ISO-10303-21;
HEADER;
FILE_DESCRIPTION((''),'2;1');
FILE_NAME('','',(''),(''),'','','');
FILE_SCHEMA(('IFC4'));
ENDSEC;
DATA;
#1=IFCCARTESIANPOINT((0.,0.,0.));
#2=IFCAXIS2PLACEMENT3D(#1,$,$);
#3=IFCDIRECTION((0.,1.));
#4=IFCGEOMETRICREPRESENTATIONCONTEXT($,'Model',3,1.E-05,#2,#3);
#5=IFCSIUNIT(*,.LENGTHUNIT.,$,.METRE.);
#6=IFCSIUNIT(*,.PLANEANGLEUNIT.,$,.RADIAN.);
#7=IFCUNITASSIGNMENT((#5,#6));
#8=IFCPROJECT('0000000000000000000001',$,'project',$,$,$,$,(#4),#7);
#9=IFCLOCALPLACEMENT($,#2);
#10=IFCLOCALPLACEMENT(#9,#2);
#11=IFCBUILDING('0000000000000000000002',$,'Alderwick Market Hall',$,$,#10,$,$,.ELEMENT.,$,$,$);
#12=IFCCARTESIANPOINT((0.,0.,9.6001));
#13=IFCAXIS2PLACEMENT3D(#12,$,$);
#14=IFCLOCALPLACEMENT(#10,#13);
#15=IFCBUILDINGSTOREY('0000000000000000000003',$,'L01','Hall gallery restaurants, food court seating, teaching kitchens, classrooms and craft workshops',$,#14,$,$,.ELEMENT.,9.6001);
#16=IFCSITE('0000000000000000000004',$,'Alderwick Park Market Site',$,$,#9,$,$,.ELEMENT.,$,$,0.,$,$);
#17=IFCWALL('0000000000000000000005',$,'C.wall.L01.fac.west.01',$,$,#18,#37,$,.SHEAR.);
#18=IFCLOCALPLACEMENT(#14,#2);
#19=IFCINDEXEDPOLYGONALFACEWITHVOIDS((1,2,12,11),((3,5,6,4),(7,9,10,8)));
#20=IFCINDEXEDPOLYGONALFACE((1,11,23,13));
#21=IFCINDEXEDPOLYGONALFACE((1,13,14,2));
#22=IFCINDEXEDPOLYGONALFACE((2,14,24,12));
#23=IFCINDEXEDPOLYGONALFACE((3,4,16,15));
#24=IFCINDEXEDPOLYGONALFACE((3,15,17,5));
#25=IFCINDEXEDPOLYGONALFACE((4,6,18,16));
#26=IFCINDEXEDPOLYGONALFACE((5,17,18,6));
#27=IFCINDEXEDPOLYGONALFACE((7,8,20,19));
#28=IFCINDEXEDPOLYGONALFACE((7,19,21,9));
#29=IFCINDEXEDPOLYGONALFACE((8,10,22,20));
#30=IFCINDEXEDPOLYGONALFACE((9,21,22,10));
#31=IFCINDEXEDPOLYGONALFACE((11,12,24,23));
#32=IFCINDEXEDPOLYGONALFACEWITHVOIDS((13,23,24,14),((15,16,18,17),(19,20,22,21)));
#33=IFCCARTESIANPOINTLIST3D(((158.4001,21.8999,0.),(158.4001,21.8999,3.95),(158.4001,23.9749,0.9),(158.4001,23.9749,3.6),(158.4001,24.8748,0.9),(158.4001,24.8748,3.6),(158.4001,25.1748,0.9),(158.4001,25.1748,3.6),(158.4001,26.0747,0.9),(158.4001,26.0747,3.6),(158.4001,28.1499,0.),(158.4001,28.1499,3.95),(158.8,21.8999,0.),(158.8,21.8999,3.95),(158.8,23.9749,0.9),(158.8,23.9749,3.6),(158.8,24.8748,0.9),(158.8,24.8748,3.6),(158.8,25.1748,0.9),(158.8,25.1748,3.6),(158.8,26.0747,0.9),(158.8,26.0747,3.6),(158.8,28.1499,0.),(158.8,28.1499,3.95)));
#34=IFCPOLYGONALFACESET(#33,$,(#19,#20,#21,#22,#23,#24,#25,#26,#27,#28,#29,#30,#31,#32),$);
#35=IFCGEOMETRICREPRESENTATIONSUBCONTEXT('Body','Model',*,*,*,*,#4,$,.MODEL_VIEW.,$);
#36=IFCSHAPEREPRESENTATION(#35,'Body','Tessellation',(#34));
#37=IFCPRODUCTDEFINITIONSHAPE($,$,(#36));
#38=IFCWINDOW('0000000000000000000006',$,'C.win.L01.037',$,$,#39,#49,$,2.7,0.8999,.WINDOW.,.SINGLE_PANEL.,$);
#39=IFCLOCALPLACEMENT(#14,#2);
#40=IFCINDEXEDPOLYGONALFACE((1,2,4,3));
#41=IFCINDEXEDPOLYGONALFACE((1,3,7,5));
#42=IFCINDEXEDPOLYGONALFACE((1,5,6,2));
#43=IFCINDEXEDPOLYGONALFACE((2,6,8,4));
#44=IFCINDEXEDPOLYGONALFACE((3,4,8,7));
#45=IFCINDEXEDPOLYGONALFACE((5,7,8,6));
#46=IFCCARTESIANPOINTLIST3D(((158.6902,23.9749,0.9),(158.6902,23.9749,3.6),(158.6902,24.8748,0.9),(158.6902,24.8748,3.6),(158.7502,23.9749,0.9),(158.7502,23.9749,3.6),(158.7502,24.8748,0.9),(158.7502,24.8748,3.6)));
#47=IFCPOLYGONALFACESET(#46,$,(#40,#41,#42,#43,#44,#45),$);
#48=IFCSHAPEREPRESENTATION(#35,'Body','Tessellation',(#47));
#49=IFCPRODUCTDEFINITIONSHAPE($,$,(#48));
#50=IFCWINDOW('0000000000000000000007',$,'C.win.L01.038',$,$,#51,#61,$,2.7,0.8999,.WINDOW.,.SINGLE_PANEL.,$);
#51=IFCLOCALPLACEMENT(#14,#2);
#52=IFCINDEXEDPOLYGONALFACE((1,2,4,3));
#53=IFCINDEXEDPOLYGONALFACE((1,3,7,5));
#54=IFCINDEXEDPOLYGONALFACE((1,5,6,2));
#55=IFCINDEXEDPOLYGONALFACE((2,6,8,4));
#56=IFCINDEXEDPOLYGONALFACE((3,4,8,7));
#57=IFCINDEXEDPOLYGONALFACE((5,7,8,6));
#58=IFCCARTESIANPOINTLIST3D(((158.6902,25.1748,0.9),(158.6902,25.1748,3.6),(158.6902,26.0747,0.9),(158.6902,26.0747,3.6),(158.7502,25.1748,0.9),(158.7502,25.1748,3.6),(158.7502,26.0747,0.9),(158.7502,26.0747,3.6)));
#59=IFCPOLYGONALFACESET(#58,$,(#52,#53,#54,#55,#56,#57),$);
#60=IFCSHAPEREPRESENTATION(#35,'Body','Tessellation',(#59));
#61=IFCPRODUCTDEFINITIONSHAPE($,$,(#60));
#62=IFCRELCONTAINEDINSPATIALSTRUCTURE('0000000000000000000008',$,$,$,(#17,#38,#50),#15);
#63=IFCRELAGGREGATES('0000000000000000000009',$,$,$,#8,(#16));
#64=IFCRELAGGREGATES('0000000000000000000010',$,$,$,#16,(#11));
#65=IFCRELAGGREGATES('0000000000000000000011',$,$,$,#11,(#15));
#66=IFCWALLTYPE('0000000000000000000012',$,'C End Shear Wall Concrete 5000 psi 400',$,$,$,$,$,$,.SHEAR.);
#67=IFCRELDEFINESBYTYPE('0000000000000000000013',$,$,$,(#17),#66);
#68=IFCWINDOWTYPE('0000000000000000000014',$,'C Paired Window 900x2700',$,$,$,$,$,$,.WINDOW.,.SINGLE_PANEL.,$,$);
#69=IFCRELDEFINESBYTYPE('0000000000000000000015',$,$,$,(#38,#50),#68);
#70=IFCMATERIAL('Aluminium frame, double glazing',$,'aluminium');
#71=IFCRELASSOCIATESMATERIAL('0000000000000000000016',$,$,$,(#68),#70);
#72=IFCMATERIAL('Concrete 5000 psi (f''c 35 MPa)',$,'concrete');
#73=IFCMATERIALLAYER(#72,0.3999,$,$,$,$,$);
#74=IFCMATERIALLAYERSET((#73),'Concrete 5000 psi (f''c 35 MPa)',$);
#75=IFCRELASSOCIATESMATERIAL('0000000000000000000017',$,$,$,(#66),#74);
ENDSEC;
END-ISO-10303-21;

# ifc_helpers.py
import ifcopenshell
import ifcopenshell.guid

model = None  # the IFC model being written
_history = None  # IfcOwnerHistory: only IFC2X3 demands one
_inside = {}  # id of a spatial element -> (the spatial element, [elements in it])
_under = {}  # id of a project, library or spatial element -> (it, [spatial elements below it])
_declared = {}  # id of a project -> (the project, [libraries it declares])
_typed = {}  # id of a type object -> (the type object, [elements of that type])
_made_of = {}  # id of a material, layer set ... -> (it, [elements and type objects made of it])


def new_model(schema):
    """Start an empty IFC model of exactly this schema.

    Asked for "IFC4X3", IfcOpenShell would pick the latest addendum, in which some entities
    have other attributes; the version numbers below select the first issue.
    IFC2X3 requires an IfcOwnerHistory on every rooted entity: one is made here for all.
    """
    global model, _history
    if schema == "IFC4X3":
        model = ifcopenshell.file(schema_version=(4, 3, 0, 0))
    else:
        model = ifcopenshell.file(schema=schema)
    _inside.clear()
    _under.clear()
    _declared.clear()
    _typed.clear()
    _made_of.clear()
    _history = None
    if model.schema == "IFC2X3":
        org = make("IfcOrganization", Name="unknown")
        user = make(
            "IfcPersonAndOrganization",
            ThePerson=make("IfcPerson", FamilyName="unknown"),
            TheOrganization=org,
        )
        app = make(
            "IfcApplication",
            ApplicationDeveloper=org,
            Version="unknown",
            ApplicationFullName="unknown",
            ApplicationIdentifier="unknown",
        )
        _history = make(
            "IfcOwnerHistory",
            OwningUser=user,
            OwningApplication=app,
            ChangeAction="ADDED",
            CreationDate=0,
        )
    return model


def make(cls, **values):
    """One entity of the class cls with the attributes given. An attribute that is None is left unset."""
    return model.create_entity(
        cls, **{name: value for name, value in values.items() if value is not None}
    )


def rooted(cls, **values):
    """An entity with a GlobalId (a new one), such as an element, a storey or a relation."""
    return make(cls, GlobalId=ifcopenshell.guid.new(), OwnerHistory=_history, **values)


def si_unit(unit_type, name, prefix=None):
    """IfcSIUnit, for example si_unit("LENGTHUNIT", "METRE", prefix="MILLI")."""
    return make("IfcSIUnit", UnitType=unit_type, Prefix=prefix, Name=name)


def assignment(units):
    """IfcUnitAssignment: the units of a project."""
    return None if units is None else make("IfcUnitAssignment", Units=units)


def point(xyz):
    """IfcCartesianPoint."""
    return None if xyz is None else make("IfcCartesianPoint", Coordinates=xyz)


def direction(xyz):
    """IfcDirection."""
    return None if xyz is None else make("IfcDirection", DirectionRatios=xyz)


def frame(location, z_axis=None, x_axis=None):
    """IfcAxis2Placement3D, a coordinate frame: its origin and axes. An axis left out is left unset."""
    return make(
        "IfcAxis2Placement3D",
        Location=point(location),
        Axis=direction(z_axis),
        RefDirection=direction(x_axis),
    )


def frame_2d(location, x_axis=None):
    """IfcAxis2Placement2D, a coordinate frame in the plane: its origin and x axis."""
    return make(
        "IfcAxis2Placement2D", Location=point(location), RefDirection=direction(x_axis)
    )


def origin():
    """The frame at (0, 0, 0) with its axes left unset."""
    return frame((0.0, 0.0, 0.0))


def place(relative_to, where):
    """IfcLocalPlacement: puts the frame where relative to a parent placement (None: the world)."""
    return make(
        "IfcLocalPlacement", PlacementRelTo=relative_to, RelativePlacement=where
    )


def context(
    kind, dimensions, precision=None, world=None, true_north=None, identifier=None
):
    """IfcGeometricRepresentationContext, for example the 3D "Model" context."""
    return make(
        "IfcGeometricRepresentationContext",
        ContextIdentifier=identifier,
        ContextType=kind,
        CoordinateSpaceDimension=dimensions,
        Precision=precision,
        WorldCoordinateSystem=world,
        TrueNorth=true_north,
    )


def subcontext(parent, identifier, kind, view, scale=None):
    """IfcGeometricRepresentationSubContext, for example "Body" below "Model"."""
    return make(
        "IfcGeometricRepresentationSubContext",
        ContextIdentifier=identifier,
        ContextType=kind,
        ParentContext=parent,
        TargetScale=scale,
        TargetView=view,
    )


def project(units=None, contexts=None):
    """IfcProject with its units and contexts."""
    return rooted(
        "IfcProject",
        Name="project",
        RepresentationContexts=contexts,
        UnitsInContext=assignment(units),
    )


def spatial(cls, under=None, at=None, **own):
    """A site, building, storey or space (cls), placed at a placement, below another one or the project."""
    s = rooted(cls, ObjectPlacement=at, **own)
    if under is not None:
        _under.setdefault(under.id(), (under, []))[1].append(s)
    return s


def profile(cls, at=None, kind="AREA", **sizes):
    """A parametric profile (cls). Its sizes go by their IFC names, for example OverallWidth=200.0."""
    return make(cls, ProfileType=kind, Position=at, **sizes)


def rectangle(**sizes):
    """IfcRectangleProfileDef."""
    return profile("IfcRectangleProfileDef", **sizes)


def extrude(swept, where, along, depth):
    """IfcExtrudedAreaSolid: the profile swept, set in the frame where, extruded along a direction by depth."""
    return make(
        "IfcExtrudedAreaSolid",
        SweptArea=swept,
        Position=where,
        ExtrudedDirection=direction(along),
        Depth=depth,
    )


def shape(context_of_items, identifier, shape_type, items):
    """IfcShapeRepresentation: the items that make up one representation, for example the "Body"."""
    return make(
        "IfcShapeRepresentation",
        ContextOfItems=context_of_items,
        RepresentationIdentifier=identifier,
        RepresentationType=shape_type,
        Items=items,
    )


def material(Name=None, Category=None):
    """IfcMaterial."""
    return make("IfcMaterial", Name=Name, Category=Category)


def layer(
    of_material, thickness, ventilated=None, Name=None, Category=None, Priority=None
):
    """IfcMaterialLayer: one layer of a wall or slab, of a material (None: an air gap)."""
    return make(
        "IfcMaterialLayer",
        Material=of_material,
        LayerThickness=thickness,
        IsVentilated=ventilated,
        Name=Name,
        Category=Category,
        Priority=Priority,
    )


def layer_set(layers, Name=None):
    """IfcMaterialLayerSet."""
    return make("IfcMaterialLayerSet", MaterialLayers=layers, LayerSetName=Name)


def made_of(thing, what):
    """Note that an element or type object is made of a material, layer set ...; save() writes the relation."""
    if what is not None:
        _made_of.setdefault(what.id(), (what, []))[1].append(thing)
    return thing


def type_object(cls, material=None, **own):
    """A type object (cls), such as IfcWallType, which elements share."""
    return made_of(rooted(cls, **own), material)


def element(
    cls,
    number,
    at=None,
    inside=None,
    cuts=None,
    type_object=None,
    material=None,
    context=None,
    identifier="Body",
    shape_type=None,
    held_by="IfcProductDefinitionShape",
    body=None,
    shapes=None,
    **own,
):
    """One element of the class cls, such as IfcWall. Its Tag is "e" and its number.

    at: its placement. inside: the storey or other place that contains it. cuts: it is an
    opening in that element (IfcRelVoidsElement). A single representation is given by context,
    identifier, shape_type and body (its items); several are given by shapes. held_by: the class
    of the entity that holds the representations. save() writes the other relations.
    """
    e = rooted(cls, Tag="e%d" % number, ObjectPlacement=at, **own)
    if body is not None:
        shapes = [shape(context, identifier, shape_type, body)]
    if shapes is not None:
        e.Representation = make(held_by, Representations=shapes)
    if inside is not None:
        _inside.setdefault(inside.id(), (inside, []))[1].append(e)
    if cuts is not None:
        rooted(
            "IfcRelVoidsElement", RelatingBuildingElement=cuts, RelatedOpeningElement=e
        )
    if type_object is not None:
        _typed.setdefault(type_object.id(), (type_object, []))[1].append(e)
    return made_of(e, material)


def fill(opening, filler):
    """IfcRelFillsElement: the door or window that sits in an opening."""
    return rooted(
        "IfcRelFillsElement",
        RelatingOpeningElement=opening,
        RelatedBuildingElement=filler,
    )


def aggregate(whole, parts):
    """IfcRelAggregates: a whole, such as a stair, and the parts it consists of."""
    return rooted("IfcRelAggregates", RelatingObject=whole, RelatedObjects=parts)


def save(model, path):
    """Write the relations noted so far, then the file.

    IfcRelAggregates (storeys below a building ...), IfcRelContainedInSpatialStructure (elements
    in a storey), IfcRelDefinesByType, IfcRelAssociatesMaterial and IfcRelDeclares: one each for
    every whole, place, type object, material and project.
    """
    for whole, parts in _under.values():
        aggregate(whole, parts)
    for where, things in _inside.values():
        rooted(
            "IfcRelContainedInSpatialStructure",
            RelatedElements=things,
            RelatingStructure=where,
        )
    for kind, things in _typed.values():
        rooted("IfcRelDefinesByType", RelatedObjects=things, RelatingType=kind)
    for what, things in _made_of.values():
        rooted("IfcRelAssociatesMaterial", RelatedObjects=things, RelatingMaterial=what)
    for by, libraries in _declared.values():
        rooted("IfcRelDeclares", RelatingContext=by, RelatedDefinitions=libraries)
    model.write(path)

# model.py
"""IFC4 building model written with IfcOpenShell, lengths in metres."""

from ifc_helpers import new_model, si_unit, direction, frame, frame_2d, origin, place, context, subcontext, project, spatial, rectangle, extrude, material, layer, layer_set, type_object, element, fill, save


model = new_model("IFC4")

# Units and contexts
model_context = context("Model", 3, precision=1e-05, world=origin(), true_north=direction((0.0, 1.0)))
body_context = subcontext(model_context, "Body", "Model", "MODEL_VIEW")
ifc_project = project(units=[si_unit("LENGTHUNIT", "METRE"), si_unit("PLANEANGLEUNIT", "RADIAN")], contexts=[model_context])

# Site, building, storey
site_placement = place(None, origin())
site = spatial("IfcSite", under=ifc_project, at=site_placement, Name="Alderwick Park Market Site", CompositionType="ELEMENT", RefElevation=0.0)
building_placement = place(site_placement, origin())
building = spatial("IfcBuilding", under=site, at=building_placement, Name="Alderwick Market Hall", CompositionType="ELEMENT")
storey_placement = place(building_placement, frame((0.0, 0.0, 9.6001)))
storey = spatial("IfcBuildingStorey", under=building, at=storey_placement, Name="L01", Description="Hall gallery restaurants, food court seating, teaching kitchens, classrooms and craft workshops", CompositionType="ELEMENT", Elevation=9.6001)

# Shared definitions
ifc_material_1 = material(Name="Concrete 5000 psi (f'c 35 MPa)", Category="concrete")

# Wall, openings, windows
ifc_material_2 = material(Name="Aluminium frame, double glazing", Category="aluminium")
window_type = type_object("IfcWindowType", Name="C Paired Window 900x2700", PartitioningType="SINGLE_PANEL", PredefinedType="WINDOW", material=ifc_material_2)
ifc_layer_1 = layer(ifc_material_1, 0.3999)
ifc_layer_set_1 = layer_set([ifc_layer_1], Name="Concrete 5000 psi (f'c 35 MPa)")
wall_type_1 = type_object("IfcWallType", Name="C End Shear Wall Concrete 5000 psi 400", PredefinedType="SHEAR", material=ifc_layer_set_1)
wall_1_placement = place(storey_placement, frame((158.6001, 21.8999, 0.0), z_axis=(0.0, 0.0, 1.0), x_axis=(0.0, 1.0, 0.0)))
wall_1 = element("IfcWall", 1, at=wall_1_placement, inside=storey, type_object=wall_type_1, Name="C.wall.L01.fac.west.01", PredefinedType="SHEAR", context=body_context, shape_type="SweptSolid", body=[
    extrude(rectangle(XDim=6.25, YDim=0.3999, at=frame_2d((3.125, 0.0))), origin(), (0.0, 0.0, 1.0), 3.95),
])
opening_1_placement = place(wall_1_placement, frame((2.075, 0.0, 0.8999)))
opening_1 = element("IfcOpeningElement", 2, at=opening_1_placement, cuts=wall_1, PredefinedType="OPENING", context=body_context, shape_type="SweptSolid", body=[
    extrude(rectangle(XDim=0.8999, YDim=2.7, at=frame_2d((0.45, 1.3501))), frame((0.0, 0.21, 0.0), z_axis=(0.0, -1.0, 0.0), x_axis=(1.0, 0.0, 0.0)), (0.0, 0.0, 1.0), 0.4199),
])
opening_2_placement = place(wall_1_placement, frame((3.2749, 0.0, 0.8999)))
opening_2 = element("IfcOpeningElement", 3, at=opening_2_placement, cuts=wall_1, PredefinedType="OPENING", context=body_context, shape_type="SweptSolid", body=[
    extrude(rectangle(XDim=0.8999, YDim=2.7, at=frame_2d((0.45, 1.3501))), frame((0.0, 0.21, 0.0), z_axis=(0.0, -1.0, 0.0), x_axis=(1.0, 0.0, 0.0)), (0.0, 0.0, 1.0), 0.4199),
])
window_1_placement = place(opening_1_placement, origin())
window_1 = element("IfcWindow", 4, at=window_1_placement, inside=storey, type_object=window_type, Name="C.win.L01.037", OverallHeight=2.7, OverallWidth=0.8999, PartitioningType="SINGLE_PANEL", PredefinedType="WINDOW", context=body_context, shape_type="SweptSolid", body=[
    extrude(rectangle(XDim=0.8999, YDim=2.7, at=frame_2d((0.45, 1.3501))), frame((0.0, -0.0901, 0.0), z_axis=(0.0, -1.0, 0.0), x_axis=(1.0, 0.0, 0.0)), (0.0, 0.0, 1.0), 0.0601),
])
fill(opening_1, window_1)
window_2_placement = place(opening_2_placement, origin())
window_2 = element("IfcWindow", 5, at=window_2_placement, inside=storey, type_object=window_type, Name="C.win.L01.038", OverallHeight=2.7, OverallWidth=0.8999, PartitioningType="SINGLE_PANEL", PredefinedType="WINDOW", context=body_context, shape_type="SweptSolid", body=[
    extrude(rectangle(XDim=0.8999, YDim=2.7, at=frame_2d((0.45, 1.3501))), frame((0.0, -0.0901, 0.0), z_axis=(0.0, -1.0, 0.0), x_axis=(1.0, 0.0, 0.0)), (0.0, 0.0, 1.0), 0.0601),
])
fill(opening_2, window_2)

save(model, "model.ifc")
